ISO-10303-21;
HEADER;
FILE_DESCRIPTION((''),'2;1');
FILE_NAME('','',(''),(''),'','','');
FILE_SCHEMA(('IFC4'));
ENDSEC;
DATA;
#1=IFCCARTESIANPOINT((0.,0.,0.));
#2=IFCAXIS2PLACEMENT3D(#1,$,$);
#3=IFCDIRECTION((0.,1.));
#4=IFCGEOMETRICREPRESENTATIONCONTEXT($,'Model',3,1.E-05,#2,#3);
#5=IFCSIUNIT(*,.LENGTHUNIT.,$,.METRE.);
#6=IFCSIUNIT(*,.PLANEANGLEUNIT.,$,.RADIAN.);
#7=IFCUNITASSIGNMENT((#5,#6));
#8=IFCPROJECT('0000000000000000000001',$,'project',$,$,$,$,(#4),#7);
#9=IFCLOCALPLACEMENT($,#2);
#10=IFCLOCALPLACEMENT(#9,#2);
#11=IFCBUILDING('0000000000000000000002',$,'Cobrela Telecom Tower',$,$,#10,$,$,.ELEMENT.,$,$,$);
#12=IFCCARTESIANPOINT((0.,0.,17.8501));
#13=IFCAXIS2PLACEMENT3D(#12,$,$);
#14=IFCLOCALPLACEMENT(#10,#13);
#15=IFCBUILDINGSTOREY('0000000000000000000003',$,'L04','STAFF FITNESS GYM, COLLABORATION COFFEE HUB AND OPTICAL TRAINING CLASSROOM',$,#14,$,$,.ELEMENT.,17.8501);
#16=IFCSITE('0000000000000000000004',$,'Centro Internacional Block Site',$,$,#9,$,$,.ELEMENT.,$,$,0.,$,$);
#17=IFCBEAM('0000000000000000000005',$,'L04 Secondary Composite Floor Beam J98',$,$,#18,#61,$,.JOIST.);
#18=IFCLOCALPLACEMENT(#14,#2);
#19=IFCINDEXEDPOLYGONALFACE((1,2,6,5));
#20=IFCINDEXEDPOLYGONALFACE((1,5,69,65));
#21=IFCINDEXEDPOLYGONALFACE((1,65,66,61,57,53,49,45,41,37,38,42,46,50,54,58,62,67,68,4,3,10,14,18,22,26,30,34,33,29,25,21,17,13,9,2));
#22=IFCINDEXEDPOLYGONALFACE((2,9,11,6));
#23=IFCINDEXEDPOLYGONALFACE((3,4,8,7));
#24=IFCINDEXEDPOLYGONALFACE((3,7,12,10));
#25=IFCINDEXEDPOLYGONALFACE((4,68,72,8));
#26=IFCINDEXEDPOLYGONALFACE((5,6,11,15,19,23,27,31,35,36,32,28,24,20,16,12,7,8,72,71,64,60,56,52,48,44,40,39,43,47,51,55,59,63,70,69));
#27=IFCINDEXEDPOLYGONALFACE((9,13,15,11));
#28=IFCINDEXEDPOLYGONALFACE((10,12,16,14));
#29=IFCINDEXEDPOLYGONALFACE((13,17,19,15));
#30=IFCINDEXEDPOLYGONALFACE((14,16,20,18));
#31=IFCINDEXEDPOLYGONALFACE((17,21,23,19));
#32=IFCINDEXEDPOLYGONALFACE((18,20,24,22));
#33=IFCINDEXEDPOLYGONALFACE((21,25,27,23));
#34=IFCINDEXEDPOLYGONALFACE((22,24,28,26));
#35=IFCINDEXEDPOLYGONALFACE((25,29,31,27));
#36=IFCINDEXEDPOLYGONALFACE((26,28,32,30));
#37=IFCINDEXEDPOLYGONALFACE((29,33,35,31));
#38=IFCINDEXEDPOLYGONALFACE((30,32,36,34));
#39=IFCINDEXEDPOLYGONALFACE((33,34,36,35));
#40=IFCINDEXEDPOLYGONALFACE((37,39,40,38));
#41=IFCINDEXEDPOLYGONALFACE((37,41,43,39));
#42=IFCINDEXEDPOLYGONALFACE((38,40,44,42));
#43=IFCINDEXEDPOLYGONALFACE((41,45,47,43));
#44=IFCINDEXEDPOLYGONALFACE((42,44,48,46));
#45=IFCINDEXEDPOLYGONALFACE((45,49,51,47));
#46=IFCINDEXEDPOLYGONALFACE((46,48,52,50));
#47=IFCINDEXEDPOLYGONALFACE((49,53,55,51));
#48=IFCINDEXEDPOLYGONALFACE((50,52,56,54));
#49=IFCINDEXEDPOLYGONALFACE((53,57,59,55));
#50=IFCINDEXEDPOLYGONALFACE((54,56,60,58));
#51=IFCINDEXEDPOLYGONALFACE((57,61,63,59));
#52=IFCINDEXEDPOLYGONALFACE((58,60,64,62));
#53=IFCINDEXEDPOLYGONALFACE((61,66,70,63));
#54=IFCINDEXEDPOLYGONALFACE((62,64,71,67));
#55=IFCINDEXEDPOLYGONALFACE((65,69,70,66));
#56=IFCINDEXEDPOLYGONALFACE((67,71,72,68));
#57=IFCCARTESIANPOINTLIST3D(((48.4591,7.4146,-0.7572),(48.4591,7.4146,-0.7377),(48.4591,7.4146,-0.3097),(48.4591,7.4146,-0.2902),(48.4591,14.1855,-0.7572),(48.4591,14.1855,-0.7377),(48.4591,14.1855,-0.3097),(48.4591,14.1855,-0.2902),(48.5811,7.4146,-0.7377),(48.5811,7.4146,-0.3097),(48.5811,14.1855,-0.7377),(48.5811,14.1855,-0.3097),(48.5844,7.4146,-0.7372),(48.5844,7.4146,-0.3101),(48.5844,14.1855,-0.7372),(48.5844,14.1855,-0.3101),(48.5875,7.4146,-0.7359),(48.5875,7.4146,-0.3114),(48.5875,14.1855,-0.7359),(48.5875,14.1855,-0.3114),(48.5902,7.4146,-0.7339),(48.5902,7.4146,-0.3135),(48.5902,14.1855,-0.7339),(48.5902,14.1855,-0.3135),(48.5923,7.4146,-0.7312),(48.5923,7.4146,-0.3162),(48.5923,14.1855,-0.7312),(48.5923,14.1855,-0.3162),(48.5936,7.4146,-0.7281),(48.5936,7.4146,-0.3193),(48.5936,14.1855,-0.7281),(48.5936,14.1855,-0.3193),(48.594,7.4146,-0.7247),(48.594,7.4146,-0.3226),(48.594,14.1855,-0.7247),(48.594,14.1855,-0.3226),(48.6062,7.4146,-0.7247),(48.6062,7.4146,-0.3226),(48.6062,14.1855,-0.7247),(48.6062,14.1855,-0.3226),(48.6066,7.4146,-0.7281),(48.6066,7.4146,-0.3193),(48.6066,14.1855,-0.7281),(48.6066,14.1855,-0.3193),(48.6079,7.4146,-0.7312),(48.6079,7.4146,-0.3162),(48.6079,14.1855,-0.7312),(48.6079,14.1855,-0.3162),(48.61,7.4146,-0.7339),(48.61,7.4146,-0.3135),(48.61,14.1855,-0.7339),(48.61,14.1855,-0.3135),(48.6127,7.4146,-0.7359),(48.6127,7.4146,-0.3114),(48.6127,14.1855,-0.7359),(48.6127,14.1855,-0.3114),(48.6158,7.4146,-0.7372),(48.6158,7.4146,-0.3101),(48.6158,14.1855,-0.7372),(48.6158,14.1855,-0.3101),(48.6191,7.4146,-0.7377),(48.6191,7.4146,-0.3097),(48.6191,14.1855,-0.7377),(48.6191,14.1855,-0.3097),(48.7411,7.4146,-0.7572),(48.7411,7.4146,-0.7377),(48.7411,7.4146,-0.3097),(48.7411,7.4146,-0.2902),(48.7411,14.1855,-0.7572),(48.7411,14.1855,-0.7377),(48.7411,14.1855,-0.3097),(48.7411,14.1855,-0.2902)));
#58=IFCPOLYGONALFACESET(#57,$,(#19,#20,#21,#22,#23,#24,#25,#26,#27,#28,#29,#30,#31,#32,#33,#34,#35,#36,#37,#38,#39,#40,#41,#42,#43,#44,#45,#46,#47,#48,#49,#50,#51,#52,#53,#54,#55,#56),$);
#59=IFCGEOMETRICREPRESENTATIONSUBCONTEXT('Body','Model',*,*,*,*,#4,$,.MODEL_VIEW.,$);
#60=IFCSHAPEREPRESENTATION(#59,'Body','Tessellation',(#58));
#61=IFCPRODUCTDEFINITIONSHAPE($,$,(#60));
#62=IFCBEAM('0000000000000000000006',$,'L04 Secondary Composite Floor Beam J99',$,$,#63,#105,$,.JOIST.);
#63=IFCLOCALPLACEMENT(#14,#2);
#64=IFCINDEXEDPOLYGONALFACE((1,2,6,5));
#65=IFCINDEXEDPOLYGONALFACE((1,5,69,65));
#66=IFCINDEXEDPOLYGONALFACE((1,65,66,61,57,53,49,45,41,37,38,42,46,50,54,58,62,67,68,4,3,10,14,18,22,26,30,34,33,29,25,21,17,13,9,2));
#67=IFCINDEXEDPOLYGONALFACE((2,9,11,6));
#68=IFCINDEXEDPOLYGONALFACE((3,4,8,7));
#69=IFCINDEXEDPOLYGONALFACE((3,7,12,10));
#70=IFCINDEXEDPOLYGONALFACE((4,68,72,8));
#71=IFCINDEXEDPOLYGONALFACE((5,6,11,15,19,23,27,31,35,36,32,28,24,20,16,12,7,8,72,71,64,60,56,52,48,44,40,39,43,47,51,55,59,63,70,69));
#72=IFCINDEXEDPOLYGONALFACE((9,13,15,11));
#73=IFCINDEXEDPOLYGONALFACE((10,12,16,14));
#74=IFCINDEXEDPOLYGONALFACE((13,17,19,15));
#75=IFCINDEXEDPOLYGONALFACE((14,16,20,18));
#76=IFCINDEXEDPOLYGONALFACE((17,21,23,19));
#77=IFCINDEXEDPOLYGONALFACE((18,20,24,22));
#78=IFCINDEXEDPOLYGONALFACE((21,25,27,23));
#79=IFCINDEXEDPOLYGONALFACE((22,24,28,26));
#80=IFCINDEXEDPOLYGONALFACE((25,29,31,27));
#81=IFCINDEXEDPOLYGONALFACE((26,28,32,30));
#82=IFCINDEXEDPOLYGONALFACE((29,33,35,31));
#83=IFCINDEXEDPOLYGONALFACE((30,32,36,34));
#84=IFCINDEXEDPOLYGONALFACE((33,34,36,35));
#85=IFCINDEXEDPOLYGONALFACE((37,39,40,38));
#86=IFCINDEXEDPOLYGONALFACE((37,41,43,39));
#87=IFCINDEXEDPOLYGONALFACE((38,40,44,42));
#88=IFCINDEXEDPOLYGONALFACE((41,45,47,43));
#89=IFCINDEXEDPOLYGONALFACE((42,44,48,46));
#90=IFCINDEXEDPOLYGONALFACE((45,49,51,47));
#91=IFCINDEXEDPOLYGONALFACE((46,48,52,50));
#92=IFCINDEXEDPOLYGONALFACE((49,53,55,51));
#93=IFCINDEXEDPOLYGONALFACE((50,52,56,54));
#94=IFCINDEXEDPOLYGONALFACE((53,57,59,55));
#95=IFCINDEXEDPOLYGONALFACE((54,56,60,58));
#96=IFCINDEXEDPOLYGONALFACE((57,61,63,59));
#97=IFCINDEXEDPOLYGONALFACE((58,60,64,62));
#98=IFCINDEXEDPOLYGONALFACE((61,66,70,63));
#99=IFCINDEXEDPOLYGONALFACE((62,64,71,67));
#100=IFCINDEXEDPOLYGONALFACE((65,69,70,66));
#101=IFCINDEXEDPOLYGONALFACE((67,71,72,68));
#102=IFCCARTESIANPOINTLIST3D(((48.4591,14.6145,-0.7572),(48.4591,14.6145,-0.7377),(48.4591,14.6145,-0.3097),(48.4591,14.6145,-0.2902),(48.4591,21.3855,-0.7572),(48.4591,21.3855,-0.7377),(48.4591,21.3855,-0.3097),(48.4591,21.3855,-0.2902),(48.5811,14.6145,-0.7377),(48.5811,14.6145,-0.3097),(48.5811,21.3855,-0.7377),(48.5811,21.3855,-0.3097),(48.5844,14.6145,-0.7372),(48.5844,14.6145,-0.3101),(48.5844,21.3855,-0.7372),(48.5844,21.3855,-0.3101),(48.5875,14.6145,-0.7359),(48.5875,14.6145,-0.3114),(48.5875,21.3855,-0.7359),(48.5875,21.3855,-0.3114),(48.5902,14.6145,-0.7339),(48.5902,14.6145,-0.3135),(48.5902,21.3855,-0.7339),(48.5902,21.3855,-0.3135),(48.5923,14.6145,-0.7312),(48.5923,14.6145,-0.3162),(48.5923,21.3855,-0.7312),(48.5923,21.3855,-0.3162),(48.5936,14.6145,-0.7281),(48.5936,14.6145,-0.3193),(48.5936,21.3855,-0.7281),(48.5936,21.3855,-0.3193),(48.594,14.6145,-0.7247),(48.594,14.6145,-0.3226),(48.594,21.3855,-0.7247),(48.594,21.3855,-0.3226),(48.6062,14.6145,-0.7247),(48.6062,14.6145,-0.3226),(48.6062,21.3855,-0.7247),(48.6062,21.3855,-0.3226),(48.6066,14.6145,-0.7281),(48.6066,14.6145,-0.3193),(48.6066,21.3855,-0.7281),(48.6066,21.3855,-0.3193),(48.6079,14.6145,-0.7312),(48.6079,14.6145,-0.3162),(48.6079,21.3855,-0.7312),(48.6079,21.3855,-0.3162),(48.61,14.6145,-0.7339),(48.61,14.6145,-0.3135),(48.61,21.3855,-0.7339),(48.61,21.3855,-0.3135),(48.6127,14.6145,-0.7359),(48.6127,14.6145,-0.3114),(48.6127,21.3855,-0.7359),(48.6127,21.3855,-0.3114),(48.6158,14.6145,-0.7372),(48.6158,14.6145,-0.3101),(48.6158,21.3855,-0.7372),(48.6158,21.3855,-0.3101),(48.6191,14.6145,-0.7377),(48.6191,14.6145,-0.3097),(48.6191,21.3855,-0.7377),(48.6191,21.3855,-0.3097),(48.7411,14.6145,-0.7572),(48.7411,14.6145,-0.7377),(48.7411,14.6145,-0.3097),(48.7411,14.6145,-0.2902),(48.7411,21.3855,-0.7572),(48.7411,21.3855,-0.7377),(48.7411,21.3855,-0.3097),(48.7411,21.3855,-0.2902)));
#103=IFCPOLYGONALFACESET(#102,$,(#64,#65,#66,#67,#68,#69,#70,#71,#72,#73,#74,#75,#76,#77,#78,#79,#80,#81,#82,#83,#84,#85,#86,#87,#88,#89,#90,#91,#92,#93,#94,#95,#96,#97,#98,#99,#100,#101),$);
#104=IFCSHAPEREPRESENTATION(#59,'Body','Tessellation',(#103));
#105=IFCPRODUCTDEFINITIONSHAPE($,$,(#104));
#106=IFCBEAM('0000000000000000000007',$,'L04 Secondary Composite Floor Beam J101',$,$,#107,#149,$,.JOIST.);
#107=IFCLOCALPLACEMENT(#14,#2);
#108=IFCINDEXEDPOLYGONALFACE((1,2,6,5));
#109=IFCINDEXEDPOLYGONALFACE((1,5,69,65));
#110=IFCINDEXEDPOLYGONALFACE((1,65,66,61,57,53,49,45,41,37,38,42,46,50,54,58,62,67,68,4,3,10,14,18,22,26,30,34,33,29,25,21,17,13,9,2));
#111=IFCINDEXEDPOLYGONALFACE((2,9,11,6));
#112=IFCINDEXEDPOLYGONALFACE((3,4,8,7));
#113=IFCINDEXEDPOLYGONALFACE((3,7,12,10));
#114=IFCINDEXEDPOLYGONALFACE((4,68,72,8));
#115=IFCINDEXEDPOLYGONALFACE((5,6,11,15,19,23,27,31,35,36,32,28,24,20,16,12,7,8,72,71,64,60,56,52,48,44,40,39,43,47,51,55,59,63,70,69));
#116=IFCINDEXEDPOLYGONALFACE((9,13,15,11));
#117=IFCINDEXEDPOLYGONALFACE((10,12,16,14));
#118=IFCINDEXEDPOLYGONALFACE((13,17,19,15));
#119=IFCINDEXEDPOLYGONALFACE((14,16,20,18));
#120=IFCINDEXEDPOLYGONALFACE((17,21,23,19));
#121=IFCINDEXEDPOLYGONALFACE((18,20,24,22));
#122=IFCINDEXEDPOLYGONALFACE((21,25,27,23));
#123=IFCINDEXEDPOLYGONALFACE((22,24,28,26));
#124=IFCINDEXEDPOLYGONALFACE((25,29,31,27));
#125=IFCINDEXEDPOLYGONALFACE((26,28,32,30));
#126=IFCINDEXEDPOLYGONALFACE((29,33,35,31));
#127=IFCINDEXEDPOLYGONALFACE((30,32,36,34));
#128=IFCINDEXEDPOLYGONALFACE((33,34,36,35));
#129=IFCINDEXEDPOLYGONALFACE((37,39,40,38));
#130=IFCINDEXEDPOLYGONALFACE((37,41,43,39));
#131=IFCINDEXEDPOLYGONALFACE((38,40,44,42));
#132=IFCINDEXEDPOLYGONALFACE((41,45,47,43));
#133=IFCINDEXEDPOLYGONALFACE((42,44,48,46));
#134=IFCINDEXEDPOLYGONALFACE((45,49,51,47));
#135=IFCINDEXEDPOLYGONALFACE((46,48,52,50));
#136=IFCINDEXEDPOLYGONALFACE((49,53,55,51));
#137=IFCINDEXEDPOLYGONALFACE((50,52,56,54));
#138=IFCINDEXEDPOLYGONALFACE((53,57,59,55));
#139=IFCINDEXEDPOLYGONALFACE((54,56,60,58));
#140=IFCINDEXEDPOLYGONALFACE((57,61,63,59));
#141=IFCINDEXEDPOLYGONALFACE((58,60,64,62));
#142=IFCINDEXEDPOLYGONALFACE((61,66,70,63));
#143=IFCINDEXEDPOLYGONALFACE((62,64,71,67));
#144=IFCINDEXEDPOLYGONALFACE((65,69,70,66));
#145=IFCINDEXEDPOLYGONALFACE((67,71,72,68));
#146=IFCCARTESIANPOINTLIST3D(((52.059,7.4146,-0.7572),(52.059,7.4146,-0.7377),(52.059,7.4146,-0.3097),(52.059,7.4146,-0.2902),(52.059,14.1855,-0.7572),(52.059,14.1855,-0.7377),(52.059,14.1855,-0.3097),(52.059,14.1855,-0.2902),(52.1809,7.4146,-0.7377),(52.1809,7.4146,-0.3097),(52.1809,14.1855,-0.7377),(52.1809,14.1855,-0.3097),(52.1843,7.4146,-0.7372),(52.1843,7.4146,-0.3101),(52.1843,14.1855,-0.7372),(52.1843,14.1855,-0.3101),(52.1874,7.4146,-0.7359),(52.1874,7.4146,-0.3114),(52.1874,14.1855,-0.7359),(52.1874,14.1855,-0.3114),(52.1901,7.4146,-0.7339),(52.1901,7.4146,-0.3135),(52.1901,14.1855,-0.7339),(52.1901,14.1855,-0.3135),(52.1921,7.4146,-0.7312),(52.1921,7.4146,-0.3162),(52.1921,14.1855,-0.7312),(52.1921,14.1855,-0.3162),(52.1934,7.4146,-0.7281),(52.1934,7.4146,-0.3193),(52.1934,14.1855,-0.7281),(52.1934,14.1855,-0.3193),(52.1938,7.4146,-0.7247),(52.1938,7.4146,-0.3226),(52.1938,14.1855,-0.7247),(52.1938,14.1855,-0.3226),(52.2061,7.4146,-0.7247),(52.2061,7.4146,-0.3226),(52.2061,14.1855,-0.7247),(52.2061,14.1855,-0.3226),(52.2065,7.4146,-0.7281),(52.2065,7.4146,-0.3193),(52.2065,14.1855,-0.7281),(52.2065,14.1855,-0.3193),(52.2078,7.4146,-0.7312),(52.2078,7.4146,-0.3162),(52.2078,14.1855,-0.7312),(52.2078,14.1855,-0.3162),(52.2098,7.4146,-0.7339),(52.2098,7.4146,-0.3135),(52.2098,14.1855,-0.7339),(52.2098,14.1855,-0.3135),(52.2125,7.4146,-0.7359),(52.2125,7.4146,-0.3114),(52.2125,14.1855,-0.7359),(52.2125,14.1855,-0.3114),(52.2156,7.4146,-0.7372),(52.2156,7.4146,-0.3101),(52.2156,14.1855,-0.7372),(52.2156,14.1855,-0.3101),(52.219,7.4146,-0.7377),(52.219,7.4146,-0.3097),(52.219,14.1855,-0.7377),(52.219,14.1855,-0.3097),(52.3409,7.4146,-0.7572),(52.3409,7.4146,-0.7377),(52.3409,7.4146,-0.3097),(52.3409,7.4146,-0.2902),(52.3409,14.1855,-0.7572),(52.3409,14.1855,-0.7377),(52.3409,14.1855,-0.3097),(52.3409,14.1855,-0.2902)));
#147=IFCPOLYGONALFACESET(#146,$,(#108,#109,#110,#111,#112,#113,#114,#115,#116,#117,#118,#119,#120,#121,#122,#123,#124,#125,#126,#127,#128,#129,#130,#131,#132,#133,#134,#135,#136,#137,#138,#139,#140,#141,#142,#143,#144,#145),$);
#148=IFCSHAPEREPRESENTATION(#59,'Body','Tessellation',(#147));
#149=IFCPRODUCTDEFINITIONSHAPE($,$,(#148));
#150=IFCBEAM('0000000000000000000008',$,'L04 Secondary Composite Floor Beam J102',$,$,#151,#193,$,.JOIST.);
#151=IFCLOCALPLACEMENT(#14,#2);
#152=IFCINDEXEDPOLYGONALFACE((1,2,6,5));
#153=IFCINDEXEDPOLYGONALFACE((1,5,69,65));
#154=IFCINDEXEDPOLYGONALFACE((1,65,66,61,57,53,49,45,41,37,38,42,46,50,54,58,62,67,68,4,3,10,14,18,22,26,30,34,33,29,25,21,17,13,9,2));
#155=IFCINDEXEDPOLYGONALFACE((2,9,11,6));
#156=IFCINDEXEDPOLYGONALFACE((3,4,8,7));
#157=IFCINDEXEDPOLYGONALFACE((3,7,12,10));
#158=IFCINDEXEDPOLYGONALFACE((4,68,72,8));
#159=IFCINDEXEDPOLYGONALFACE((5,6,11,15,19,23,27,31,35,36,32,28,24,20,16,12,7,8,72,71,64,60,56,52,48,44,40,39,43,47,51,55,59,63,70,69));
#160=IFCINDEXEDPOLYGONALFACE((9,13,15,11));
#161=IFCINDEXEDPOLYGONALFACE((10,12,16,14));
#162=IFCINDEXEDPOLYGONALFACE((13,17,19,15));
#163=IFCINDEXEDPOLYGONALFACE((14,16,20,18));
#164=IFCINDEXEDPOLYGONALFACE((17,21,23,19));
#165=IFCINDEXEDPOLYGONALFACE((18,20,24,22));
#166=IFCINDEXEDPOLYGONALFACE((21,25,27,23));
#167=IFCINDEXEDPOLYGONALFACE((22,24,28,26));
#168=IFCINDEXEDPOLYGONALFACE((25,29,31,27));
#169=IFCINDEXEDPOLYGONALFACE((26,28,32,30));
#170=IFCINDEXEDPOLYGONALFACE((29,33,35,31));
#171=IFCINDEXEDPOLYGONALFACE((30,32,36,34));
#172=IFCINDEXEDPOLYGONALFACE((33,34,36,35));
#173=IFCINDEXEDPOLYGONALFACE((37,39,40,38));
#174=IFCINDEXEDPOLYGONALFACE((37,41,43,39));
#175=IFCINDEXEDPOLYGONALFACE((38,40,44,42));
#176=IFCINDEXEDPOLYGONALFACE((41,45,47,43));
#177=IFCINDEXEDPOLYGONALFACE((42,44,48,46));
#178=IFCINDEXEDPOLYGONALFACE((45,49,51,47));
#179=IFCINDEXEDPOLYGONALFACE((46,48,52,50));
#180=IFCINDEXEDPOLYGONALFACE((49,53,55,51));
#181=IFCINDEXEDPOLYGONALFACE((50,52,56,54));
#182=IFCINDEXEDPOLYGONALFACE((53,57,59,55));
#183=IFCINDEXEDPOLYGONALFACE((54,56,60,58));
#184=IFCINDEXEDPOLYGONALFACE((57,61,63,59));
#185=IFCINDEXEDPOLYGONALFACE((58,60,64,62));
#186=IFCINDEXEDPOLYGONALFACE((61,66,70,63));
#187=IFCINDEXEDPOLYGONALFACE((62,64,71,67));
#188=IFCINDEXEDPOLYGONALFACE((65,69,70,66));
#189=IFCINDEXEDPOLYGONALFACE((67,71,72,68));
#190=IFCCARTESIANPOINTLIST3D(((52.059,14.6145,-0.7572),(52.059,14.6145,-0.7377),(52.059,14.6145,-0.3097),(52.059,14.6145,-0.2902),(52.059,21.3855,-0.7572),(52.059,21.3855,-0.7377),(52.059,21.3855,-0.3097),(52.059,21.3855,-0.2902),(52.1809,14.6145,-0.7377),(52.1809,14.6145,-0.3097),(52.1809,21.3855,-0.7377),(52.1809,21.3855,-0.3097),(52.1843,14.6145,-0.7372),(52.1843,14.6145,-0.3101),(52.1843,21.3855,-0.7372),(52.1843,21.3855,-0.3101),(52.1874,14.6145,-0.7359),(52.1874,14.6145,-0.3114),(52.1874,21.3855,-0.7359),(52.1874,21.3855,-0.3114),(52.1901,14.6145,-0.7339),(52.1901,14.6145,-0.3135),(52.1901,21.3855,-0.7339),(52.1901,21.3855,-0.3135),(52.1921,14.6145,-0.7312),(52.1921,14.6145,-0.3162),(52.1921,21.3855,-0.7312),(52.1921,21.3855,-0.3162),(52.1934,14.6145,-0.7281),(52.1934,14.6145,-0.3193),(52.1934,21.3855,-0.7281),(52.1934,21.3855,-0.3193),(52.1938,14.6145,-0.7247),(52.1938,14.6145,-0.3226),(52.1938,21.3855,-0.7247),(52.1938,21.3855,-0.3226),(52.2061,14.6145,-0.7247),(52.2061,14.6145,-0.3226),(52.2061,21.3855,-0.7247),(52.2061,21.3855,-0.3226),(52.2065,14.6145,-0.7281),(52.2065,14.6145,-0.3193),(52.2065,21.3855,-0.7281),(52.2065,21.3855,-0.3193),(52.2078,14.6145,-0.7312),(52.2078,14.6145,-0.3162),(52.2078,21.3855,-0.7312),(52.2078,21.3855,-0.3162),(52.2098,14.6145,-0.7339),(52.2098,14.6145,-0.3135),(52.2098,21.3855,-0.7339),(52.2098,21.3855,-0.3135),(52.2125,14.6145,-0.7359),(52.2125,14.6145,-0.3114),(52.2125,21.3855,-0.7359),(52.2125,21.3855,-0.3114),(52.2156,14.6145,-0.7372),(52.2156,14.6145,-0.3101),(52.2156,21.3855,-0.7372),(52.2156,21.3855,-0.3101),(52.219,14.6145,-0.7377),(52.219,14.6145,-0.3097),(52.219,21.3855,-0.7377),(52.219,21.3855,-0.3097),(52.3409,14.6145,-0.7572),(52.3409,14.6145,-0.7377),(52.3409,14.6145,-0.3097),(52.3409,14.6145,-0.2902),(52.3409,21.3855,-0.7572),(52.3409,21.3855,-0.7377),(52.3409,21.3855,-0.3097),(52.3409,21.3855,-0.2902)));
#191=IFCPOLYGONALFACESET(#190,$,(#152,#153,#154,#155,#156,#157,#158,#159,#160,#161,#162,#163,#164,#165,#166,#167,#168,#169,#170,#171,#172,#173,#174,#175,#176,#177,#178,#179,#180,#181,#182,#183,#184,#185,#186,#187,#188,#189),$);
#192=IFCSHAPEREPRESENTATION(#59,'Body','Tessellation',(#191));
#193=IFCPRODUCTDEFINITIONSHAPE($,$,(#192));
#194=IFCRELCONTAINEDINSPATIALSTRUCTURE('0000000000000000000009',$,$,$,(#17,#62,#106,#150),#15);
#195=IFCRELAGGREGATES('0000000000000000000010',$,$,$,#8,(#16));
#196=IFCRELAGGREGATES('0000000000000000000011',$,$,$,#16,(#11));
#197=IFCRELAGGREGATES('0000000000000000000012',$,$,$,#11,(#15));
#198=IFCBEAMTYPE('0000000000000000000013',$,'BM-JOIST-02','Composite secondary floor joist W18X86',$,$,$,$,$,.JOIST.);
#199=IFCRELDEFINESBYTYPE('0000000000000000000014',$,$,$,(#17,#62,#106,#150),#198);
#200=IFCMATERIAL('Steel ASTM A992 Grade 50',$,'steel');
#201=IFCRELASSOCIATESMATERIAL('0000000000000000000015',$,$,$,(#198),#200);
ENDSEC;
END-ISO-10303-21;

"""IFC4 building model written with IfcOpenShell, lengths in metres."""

from ifc_helpers import new_model, si_unit, direction, frame, origin, origin_2d, place, context, subcontext, project, spatial, i_section, extrude, material, material_profile, profile_set, type_object, element, save


model = new_model("IFC4")

# Units and contexts
model_context = context("Model", 3, precision=1e-05, world=origin(), true_north=direction((0.0, 1.0)))
body_context = subcontext(model_context, "Body", "Model", "MODEL_VIEW")
ifc_project = project(units=[si_unit("LENGTHUNIT", "METRE"), si_unit("PLANEANGLEUNIT", "RADIAN")], contexts=[model_context])

# Site, building, storey
site_placement = place(None, origin())
site = spatial("IfcSite", under=ifc_project, at=site_placement, Name="Centro Internacional Block Site", CompositionType="ELEMENT", RefElevation=0.0)
building_placement = place(site_placement, origin())
building = spatial("IfcBuilding", under=site, at=building_placement, Name="Cobrela Telecom Tower", CompositionType="ELEMENT")
storey_placement = place(building_placement, frame((0.0, 0.0, 17.8501)))
storey = spatial("IfcBuildingStorey", under=building, at=storey_placement, Name="L04", Description="STAFF FITNESS GYM, COLLABORATION COFFEE HUB AND OPTICAL TRAINING CLASSROOM", CompositionType="ELEMENT", Elevation=17.8501)

# Beams
ifc_material_1 = material(Name="Steel ASTM A992 Grade 50", Category="steel")
ifc_material_profile_1 = material_profile(ifc_material_1, i_section(OverallWidth=0.282, OverallDepth=0.467, WebThickness=0.0122, FlangeThickness=0.0195, FilletRadius=0.0129, at=origin_2d()), Name="W18X86")
ifc_profile_set_1 = profile_set([ifc_material_profile_1], Name="Steel ASTM A992 Grade 50")
beam_type_1 = type_object("IfcBeamType", Name="BM-JOIST-02", Description="Composite secondary floor joist W18X86", PredefinedType="JOIST", material=ifc_profile_set_1)
for number, where, z_axis, x_axis, name in (
    (1, (48.6001, 7.4146, -0.5237), (0.0, 1.0, 0.0), (-1.0, 0.0, 0.0), "L04 Secondary Composite Floor Beam J98"),
    (2, (48.6001, 14.6145, -0.5237), (0.0, 1.0, 0.0), (-1.0, 0.0, 0.0), "L04 Secondary Composite Floor Beam J99"),
    (3, (52.2, 7.4146, -0.5237), (0.0, 1.0, 0.0), (-1.0, 0.0, 0.0), "L04 Secondary Composite Floor Beam J101"),
    (4, (52.2, 14.6145, -0.5237), (0.0, 1.0, 0.0), (-1.0, 0.0, 0.0), "L04 Secondary Composite Floor Beam J102"),
):
    element("IfcBeam", number, at=place(storey_placement, frame(where, z_axis=z_axis, x_axis=x_axis)), inside=storey, type_object=beam_type_1, Name=name, PredefinedType="JOIST", context=body_context, shape_type="SweptSolid", body=[
        extrude(i_section(OverallWidth=0.282, OverallDepth=0.467, WebThickness=0.0122, FlangeThickness=0.0195, FilletRadius=0.0129, at=origin_2d()), origin(), (0.0, 0.0, 1.0), 6.771),
    ])

save(model, "model.ifc")
